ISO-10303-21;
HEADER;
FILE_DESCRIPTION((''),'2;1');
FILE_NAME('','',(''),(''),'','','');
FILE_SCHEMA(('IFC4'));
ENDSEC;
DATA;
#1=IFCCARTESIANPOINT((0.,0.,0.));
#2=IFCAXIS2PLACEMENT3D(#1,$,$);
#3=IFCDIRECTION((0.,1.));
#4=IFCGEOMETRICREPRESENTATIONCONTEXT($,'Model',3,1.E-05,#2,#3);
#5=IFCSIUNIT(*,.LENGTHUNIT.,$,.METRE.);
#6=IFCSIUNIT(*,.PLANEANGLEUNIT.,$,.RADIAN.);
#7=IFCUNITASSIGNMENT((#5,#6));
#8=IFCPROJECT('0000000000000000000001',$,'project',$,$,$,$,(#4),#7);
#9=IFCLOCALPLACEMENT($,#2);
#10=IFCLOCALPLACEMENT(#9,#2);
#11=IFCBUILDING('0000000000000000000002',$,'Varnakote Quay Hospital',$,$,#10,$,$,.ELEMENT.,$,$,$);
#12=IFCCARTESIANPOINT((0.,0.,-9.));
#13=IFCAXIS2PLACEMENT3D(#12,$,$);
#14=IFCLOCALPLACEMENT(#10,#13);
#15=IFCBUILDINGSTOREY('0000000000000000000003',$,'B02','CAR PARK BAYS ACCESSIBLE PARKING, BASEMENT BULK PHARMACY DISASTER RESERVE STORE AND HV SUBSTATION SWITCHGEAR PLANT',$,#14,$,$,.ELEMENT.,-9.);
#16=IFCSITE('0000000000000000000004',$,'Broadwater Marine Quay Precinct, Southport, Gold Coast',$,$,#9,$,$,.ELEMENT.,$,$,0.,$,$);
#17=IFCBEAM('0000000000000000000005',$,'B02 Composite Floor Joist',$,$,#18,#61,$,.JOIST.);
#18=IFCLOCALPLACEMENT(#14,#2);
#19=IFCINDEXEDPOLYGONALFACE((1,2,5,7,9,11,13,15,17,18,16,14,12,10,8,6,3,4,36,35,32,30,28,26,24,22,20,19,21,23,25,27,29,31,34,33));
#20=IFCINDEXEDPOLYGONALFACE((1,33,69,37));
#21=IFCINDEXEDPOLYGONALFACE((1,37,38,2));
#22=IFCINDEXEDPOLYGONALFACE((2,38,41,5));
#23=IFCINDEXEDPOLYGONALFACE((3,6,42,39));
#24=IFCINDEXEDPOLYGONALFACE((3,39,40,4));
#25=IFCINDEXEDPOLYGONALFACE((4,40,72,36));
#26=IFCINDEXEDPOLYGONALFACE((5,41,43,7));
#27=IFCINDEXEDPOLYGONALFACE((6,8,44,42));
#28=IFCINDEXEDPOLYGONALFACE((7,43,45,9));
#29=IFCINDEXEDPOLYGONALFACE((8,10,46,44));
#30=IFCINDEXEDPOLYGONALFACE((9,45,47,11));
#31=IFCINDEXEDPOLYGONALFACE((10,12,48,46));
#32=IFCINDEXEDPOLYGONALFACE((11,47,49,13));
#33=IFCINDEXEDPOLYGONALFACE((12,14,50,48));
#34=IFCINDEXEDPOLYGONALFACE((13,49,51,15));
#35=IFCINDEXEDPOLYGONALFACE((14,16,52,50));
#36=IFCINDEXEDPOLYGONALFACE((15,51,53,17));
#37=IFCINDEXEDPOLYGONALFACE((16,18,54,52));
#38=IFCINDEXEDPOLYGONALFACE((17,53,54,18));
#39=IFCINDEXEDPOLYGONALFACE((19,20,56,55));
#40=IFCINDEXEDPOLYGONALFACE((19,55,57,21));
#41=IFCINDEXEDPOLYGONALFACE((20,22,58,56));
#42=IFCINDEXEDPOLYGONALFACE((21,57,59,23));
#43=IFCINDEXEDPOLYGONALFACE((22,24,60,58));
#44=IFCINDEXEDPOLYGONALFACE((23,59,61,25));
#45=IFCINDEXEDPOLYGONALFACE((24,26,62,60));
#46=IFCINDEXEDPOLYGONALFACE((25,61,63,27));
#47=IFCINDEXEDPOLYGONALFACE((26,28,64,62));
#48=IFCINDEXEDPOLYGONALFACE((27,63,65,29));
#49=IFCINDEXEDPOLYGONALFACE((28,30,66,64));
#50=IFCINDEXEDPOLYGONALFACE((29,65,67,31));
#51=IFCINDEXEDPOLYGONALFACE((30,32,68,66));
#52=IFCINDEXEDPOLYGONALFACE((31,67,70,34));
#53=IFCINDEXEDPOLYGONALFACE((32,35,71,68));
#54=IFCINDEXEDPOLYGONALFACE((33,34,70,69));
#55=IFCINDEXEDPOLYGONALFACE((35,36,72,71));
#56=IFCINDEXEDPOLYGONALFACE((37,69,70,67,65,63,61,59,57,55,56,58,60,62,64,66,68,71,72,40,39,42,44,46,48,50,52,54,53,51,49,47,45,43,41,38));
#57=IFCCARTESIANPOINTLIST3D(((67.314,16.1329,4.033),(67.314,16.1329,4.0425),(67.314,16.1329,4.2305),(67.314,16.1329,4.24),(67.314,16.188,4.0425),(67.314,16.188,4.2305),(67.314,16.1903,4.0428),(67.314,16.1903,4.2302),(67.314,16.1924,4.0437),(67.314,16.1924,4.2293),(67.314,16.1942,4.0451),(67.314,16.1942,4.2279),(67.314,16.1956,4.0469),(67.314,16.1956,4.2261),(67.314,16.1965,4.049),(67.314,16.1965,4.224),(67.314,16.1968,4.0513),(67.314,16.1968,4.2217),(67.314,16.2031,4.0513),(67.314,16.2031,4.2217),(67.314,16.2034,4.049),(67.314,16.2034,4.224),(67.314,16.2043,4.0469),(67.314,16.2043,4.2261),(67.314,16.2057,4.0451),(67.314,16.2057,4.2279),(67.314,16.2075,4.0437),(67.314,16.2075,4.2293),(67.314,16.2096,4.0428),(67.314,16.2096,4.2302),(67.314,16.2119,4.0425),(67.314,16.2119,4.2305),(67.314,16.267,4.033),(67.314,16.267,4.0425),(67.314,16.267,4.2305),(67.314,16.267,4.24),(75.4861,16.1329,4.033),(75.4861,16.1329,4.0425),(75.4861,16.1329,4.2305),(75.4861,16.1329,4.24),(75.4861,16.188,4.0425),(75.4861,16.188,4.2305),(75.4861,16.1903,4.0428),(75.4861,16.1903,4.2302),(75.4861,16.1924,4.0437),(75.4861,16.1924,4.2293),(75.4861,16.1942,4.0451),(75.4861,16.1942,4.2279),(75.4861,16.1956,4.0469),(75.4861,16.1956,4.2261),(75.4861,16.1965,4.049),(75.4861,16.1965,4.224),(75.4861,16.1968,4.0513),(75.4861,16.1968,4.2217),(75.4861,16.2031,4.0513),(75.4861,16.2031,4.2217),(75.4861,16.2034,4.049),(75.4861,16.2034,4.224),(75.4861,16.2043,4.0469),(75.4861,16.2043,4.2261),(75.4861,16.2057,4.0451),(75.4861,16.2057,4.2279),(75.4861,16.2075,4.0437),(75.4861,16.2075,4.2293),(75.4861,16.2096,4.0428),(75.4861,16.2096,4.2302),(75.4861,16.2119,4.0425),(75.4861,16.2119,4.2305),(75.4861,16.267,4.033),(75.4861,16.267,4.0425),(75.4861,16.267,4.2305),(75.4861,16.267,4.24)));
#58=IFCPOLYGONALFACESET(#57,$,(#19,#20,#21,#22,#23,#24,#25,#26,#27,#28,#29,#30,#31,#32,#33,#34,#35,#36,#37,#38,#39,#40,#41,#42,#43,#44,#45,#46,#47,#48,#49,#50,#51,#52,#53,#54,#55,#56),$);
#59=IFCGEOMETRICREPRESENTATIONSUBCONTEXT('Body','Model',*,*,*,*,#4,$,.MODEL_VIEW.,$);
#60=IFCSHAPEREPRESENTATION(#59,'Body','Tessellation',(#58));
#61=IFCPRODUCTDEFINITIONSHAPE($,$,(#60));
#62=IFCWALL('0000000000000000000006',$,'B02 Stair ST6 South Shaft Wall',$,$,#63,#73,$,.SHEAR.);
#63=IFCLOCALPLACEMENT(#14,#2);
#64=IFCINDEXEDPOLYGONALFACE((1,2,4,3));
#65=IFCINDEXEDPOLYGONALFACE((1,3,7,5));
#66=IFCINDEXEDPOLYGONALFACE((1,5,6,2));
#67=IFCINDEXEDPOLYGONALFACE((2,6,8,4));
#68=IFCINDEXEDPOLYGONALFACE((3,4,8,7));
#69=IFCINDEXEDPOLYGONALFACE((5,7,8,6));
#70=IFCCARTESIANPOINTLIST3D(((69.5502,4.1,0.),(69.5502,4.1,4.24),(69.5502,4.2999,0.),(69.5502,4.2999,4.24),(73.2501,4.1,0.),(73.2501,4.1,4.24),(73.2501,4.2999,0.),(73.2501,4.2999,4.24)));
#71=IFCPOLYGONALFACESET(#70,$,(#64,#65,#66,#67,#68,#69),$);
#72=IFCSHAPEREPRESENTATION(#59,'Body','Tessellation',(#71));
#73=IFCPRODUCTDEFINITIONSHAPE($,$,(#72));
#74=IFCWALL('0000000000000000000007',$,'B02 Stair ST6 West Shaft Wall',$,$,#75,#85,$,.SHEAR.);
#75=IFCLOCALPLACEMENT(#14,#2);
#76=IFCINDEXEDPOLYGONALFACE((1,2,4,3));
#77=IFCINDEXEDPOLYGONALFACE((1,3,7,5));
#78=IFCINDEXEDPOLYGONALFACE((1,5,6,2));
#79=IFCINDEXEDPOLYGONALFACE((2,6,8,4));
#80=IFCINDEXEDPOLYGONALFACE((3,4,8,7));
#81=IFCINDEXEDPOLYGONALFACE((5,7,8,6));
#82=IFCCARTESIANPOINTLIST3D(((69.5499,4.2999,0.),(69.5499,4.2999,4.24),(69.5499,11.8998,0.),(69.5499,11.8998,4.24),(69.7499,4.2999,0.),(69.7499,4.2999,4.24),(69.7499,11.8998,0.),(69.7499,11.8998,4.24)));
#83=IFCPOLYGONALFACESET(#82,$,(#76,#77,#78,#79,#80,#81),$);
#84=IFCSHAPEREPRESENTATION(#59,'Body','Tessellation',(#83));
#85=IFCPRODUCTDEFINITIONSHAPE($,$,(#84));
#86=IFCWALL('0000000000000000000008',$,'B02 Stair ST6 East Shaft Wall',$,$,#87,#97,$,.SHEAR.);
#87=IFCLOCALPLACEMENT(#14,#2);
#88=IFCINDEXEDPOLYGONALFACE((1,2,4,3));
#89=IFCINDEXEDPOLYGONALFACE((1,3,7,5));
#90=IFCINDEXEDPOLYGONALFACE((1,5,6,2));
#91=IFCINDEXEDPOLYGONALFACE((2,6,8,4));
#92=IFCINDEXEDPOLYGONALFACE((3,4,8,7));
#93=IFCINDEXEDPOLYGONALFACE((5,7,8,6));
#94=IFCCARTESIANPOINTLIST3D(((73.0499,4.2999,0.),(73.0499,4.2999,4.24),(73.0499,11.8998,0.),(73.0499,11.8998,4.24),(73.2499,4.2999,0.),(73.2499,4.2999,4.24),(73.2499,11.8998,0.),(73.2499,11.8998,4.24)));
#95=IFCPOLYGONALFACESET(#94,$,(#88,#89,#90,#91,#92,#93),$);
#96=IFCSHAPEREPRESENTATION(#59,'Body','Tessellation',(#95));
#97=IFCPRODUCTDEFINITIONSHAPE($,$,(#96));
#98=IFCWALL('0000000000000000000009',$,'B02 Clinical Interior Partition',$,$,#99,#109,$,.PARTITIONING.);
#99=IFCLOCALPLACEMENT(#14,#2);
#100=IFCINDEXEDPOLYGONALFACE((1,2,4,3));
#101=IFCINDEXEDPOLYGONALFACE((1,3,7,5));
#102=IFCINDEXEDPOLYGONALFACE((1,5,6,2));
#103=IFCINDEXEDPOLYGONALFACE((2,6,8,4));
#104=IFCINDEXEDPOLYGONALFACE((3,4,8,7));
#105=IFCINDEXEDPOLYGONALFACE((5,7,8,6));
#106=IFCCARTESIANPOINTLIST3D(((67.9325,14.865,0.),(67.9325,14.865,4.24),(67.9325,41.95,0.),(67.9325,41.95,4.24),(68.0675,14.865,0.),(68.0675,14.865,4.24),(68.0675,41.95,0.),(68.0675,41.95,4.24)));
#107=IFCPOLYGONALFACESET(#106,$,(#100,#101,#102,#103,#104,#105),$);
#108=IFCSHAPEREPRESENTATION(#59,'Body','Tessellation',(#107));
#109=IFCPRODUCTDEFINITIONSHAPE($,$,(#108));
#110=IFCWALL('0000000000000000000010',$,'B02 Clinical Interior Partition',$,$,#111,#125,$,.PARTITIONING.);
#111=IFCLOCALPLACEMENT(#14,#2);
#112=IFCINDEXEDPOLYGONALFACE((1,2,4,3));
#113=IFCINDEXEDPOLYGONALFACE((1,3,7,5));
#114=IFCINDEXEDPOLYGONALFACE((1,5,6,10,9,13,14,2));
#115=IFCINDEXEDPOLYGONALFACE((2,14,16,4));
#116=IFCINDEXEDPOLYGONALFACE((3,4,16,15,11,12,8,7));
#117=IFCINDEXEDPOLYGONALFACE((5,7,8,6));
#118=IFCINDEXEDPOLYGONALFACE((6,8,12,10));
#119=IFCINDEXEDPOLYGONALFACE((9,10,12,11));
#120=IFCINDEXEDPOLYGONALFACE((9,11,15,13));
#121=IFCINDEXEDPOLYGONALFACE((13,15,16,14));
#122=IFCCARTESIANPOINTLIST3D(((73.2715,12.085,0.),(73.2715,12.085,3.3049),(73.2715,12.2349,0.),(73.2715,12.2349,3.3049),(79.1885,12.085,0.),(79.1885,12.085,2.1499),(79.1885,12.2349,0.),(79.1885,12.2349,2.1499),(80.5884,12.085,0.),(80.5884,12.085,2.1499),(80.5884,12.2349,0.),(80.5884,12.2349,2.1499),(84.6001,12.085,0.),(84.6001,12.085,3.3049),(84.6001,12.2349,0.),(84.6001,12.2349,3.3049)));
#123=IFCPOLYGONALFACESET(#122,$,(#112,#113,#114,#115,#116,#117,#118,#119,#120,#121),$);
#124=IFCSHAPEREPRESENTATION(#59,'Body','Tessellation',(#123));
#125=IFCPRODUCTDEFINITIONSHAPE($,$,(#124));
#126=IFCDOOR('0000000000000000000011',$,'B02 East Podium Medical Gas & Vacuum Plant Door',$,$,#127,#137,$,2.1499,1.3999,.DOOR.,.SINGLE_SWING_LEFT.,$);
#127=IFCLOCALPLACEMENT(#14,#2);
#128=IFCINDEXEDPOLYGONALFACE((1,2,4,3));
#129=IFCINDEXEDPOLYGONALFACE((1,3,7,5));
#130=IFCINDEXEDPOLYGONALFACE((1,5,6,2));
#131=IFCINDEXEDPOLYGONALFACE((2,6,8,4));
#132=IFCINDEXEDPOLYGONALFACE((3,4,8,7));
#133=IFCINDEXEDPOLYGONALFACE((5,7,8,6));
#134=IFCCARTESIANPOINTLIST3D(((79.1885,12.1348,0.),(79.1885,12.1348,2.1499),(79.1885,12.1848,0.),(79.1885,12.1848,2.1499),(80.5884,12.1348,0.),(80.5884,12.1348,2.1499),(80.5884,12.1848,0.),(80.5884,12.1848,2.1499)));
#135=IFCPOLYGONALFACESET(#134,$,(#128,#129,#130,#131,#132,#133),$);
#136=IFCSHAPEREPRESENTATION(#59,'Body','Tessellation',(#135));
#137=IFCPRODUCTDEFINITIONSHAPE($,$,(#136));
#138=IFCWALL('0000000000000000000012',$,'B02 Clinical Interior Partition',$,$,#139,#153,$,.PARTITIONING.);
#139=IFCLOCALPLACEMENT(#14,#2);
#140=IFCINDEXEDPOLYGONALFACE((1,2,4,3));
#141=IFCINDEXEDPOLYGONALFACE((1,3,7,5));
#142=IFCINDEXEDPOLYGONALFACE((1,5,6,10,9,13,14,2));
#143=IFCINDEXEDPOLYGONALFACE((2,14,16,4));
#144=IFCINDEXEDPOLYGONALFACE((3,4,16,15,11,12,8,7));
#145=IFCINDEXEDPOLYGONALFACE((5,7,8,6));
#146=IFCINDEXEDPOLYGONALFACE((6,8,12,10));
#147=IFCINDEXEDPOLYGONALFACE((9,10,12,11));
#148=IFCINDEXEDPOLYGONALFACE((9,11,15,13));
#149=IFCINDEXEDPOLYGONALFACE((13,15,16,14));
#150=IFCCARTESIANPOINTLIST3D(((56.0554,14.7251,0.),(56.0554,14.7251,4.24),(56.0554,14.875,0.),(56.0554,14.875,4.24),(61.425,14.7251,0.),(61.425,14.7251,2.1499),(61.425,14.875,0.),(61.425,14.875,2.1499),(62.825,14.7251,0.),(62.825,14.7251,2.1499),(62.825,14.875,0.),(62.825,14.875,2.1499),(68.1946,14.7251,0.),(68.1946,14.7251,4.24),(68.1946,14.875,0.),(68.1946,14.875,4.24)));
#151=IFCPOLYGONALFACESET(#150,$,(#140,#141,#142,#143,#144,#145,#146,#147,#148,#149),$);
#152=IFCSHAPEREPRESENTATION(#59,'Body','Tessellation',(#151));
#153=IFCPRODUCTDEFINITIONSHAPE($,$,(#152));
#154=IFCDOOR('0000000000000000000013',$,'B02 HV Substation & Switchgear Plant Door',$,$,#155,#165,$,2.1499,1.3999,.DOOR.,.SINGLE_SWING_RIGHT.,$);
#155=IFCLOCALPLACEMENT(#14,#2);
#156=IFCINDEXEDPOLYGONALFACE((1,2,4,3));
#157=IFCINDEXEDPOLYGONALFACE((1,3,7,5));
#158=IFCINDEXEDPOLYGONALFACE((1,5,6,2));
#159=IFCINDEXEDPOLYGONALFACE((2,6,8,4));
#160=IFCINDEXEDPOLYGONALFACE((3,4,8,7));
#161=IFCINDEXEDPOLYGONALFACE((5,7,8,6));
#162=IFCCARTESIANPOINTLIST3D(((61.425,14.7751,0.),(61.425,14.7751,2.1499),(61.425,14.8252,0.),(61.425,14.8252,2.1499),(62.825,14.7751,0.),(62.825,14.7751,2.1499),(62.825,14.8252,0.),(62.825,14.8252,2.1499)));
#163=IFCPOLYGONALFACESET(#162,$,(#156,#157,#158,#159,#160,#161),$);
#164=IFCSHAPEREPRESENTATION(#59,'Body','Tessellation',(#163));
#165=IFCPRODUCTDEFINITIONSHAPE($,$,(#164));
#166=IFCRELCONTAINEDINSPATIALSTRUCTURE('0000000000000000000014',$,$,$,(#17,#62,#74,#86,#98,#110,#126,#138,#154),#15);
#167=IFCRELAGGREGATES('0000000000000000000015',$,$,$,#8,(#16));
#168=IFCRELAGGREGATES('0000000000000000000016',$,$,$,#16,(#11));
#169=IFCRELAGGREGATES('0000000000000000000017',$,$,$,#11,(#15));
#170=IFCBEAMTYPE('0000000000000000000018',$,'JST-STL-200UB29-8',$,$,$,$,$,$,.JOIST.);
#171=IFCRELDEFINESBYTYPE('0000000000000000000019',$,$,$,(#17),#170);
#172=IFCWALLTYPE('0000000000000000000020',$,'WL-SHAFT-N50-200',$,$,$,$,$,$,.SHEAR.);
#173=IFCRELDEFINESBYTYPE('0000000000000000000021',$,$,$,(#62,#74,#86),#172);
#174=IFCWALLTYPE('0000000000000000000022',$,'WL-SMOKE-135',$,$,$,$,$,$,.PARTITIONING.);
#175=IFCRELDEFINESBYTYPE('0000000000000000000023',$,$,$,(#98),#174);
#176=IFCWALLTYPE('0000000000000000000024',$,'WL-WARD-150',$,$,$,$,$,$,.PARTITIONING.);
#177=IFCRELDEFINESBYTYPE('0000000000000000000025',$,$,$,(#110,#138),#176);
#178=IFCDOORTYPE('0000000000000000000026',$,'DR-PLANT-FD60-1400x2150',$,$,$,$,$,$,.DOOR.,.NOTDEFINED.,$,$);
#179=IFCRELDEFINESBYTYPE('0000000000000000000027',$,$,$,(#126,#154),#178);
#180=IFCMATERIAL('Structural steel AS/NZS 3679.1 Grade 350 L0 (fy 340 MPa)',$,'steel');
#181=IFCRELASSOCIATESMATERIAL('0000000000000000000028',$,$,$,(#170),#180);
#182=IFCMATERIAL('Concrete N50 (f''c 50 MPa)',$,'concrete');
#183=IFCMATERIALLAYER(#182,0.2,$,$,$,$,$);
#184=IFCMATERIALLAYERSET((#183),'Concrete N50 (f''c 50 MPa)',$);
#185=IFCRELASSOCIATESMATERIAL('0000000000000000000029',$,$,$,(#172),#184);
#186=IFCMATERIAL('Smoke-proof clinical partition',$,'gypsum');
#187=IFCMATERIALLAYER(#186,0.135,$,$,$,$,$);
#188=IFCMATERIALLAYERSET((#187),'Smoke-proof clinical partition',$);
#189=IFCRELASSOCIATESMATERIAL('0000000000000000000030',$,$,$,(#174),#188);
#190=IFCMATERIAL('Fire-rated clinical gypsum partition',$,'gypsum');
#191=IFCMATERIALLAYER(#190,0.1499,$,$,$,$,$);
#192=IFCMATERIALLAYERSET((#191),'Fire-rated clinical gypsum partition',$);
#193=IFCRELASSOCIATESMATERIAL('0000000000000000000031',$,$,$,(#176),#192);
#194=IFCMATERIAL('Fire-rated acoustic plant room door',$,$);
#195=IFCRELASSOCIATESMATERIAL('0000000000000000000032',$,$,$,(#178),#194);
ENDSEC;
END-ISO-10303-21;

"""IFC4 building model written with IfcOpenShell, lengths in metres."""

from ifc_helpers import new_model, si_unit, direction, frame, frame_2d, origin, origin_2d, place, context, subcontext, project, spatial, rectangle, i_section, extrude, material, layer, layer_set, material_profile, profile_set, type_object, element, fill, save


model = new_model("IFC4")

# Units and contexts
model_context = context("Model", 3, precision=1e-05, world=origin(), true_north=direction((0.0, 1.0)))
body_context = subcontext(model_context, "Body", "Model", "MODEL_VIEW")
ifc_project = project(units=[si_unit("LENGTHUNIT", "METRE"), si_unit("PLANEANGLEUNIT", "RADIAN")], contexts=[model_context])

# Site, building, storey
site_placement = place(None, origin())
site = spatial("IfcSite", under=ifc_project, at=site_placement, Name="Broadwater Marine Quay Precinct, Southport, Gold Coast", CompositionType="ELEMENT", RefElevation=0.0)
building_placement = place(site_placement, origin())
building = spatial("IfcBuilding", under=site, at=building_placement, Name="Varnakote Quay Hospital", CompositionType="ELEMENT")
storey_placement = place(building_placement, frame((0.0, 0.0, -9.0)))
storey = spatial("IfcBuildingStorey", under=building, at=storey_placement, Name="B02", Description="CAR PARK BAYS ACCESSIBLE PARKING, BASEMENT BULK PHARMACY DISASTER RESERVE STORE AND HV SUBSTATION SWITCHGEAR PLANT", CompositionType="ELEMENT", Elevation=-9.0)

# Beam
ifc_material_1 = material(Name="Structural steel AS/NZS 3679.1 Grade 350 L0 (fy 340 MPa)", Category="steel")
ifc_material_profile_1 = material_profile(ifc_material_1, i_section(OverallWidth=0.134, OverallDepth=0.207, WebThickness=0.0063, FlangeThickness=0.0095, FilletRadius=0.0088, at=origin_2d()), Name="200UB29.8")
ifc_profile_set_1 = profile_set([ifc_material_profile_1], Name="Structural steel AS/NZS 3679.1 Grade 350 L0 (fy 340 MPa)")
beam_type_1 = type_object("IfcBeamType", Name="JST-STL-200UB29-8", PredefinedType="JOIST", material=ifc_profile_set_1)
beam_1_placement = place(storey_placement, frame((67.314, 16.2, 4.1365), z_axis=(1.0, 0.0, 0.0), x_axis=(0.0, 1.0, 0.0)))
element("IfcBeam", 1, at=beam_1_placement, inside=storey, type_object=beam_type_1, Name="B02 Composite Floor Joist", PredefinedType="JOIST", context=body_context, shape_type="SweptSolid", body=[
    extrude(i_section(OverallWidth=0.134, OverallDepth=0.207, WebThickness=0.0063, FlangeThickness=0.0095, FilletRadius=0.0088, at=origin_2d()), origin(), (0.0, 0.0, 1.0), 8.1721),
])

# Walls
ifc_material_2 = material(Name="Concrete N50 (f'c 50 MPa)", Category="concrete")
ifc_layer_1 = layer(ifc_material_2, 0.2)
ifc_layer_set_1 = layer_set([ifc_layer_1], Name="Concrete N50 (f'c 50 MPa)")
wall_type_1 = type_object("IfcWallType", Name="WL-SHAFT-N50-200", PredefinedType="SHEAR", material=ifc_layer_set_1)
wall_1_placement = place(storey_placement, frame((69.55, 4.2, 0.0), z_axis=(0.0, 0.0, 1.0), x_axis=(1.0, 0.0, 0.0)))
element("IfcWall", 2, at=wall_1_placement, inside=storey, type_object=wall_type_1, Name="B02 Stair ST6 South Shaft Wall", PredefinedType="SHEAR", context=body_context, shape_type="SweptSolid", body=[
    extrude(rectangle(XDim=3.7, YDim=0.2, at=frame_2d((1.8501, 0.0))), origin(), (0.0, 0.0, 1.0), 4.24),
])
for number, where, z_axis, x_axis, name in (
    (3, (69.6499, 4.3, 0.0), (0.0, 0.0, 1.0), (0.0, 1.0, 0.0), "B02 Stair ST6 West Shaft Wall"),
    (4, (73.1499, 4.3, 0.0), (0.0, 0.0, 1.0), (0.0, 1.0, 0.0), "B02 Stair ST6 East Shaft Wall"),
):
    element("IfcWall", number, at=place(storey_placement, frame(where, z_axis=z_axis, x_axis=x_axis)), inside=storey, type_object=wall_type_1, Name=name, PredefinedType="SHEAR", context=body_context, shape_type="SweptSolid", body=[
        extrude(rectangle(XDim=7.5999, YDim=0.2, at=frame_2d((3.7998, 0.0))), origin(), (0.0, 0.0, 1.0), 4.24),
    ])

# Wall
ifc_material_3 = material(Name="Smoke-proof clinical partition", Category="gypsum")
ifc_layer_2 = layer(ifc_material_3, 0.135)
ifc_layer_set_2 = layer_set([ifc_layer_2], Name="Smoke-proof clinical partition")
wall_type_2 = type_object("IfcWallType", Name="WL-SMOKE-135", PredefinedType="PARTITIONING", material=ifc_layer_set_2)
wall_2_placement = place(storey_placement, frame((68.0, 14.865, 0.0), z_axis=(0.0, 0.0, 1.0), x_axis=(0.0, 1.0, 0.0)))
element("IfcWall", 5, at=wall_2_placement, inside=storey, type_object=wall_type_2, Name="B02 Clinical Interior Partition", PredefinedType="PARTITIONING", context=body_context, shape_type="SweptSolid", body=[
    extrude(rectangle(XDim=27.085, YDim=0.135, at=frame_2d((13.5425, 0.0))), origin(), (0.0, 0.0, 1.0), 4.24),
])

# Walls, openings, doors
ifc_material_4 = material(Name="Fire-rated clinical gypsum partition", Category="gypsum")
ifc_layer_3 = layer(ifc_material_4, 0.1499)
ifc_layer_set_3 = layer_set([ifc_layer_3], Name="Fire-rated clinical gypsum partition")
wall_type_3 = type_object("IfcWallType", Name="WL-WARD-150", PredefinedType="PARTITIONING", material=ifc_layer_set_3)
wall_3_placement = place(storey_placement, frame((73.2715, 12.1599, 0.0), z_axis=(0.0, 0.0, 1.0), x_axis=(1.0, 0.0, 0.0)))
wall_3 = element("IfcWall", 6, at=wall_3_placement, inside=storey, type_object=wall_type_3, Name="B02 Clinical Interior Partition", PredefinedType="PARTITIONING", context=body_context, shape_type="SweptSolid", body=[
    extrude(rectangle(XDim=11.3286, YDim=0.1499, at=frame_2d((5.6643, 0.0))), origin(), (0.0, 0.0, 1.0), 3.3049),
])
opening_1_placement = place(wall_3_placement, frame((5.917, 0.0, 0.0)))
opening_1 = element("IfcOpeningElement", 7, at=opening_1_placement, cuts=wall_3, PredefinedType="OPENING", context=body_context, shape_type="SweptSolid", body=[
    extrude(rectangle(XDim=1.3999, YDim=2.1499, at=frame_2d((0.7, 1.075))), frame((0.0, 0.085, 0.0), z_axis=(0.0, -1.0, 0.0), x_axis=(1.0, 0.0, 0.0)), (0.0, 0.0, 1.0), 0.1699),
])
ifc_material_5 = material(Name="Fire-rated acoustic plant room door")
door_type_1 = type_object("IfcDoorType", Name="DR-PLANT-FD60-1400x2150", OperationType="NOTDEFINED", PredefinedType="DOOR", material=ifc_material_5)
door_1_placement = place(opening_1_placement, origin())
door_1 = element("IfcDoor", 8, at=door_1_placement, inside=storey, type_object=door_type_1, Name="B02 East Podium Medical Gas & Vacuum Plant Door", OperationType="SINGLE_SWING_LEFT", OverallHeight=2.1499, OverallWidth=1.3999, PredefinedType="DOOR", context=body_context, shape_type="SweptSolid", body=[
    extrude(rectangle(XDim=1.3999, YDim=2.1499, at=frame_2d((0.7, 1.075))), frame((0.0, 0.0249, 0.0), z_axis=(0.0, -1.0, 0.0), x_axis=(1.0, 0.0, 0.0)), (0.0, 0.0, 1.0), 0.05),
])
fill(opening_1, door_1)
wall_4_placement = place(storey_placement, frame((68.1946, 14.8, 0.0), z_axis=(0.0, 0.0, 1.0), x_axis=(-1.0, 0.0, 0.0)))
wall_4 = element("IfcWall", 9, at=wall_4_placement, inside=storey, type_object=wall_type_3, Name="B02 Clinical Interior Partition", PredefinedType="PARTITIONING", context=body_context, shape_type="SweptSolid", body=[
    extrude(rectangle(XDim=12.1392, YDim=0.1499, at=frame_2d((6.0696, 0.0))), origin(), (0.0, 0.0, 1.0), 4.24),
])
opening_2_placement = place(wall_4_placement, frame((5.3696, 0.0, 0.0)))
opening_2 = element("IfcOpeningElement", 10, at=opening_2_placement, cuts=wall_4, PredefinedType="OPENING", context=body_context, shape_type="SweptSolid", body=[
    extrude(rectangle(XDim=1.3999, YDim=2.1499, at=frame_2d((0.7, 1.075))), frame((0.0, 0.085, 0.0), z_axis=(0.0, -1.0, 0.0), x_axis=(1.0, 0.0, 0.0)), (0.0, 0.0, 1.0), 0.1699),
])
door_2_placement = place(opening_2_placement, origin())
door_2 = element("IfcDoor", 11, at=door_2_placement, inside=storey, type_object=door_type_1, Name="B02 HV Substation & Switchgear Plant Door", OperationType="SINGLE_SWING_RIGHT", OverallHeight=2.1499, OverallWidth=1.3999, PredefinedType="DOOR", context=body_context, shape_type="SweptSolid", body=[
    extrude(rectangle(XDim=1.3999, YDim=2.1499, at=frame_2d((0.7, 1.075))), frame((0.0, 0.0249, 0.0), z_axis=(0.0, -1.0, 0.0), x_axis=(1.0, 0.0, 0.0)), (0.0, 0.0, 1.0), 0.05),
])
fill(opening_2, door_2)

save(model, "model.ifc")
